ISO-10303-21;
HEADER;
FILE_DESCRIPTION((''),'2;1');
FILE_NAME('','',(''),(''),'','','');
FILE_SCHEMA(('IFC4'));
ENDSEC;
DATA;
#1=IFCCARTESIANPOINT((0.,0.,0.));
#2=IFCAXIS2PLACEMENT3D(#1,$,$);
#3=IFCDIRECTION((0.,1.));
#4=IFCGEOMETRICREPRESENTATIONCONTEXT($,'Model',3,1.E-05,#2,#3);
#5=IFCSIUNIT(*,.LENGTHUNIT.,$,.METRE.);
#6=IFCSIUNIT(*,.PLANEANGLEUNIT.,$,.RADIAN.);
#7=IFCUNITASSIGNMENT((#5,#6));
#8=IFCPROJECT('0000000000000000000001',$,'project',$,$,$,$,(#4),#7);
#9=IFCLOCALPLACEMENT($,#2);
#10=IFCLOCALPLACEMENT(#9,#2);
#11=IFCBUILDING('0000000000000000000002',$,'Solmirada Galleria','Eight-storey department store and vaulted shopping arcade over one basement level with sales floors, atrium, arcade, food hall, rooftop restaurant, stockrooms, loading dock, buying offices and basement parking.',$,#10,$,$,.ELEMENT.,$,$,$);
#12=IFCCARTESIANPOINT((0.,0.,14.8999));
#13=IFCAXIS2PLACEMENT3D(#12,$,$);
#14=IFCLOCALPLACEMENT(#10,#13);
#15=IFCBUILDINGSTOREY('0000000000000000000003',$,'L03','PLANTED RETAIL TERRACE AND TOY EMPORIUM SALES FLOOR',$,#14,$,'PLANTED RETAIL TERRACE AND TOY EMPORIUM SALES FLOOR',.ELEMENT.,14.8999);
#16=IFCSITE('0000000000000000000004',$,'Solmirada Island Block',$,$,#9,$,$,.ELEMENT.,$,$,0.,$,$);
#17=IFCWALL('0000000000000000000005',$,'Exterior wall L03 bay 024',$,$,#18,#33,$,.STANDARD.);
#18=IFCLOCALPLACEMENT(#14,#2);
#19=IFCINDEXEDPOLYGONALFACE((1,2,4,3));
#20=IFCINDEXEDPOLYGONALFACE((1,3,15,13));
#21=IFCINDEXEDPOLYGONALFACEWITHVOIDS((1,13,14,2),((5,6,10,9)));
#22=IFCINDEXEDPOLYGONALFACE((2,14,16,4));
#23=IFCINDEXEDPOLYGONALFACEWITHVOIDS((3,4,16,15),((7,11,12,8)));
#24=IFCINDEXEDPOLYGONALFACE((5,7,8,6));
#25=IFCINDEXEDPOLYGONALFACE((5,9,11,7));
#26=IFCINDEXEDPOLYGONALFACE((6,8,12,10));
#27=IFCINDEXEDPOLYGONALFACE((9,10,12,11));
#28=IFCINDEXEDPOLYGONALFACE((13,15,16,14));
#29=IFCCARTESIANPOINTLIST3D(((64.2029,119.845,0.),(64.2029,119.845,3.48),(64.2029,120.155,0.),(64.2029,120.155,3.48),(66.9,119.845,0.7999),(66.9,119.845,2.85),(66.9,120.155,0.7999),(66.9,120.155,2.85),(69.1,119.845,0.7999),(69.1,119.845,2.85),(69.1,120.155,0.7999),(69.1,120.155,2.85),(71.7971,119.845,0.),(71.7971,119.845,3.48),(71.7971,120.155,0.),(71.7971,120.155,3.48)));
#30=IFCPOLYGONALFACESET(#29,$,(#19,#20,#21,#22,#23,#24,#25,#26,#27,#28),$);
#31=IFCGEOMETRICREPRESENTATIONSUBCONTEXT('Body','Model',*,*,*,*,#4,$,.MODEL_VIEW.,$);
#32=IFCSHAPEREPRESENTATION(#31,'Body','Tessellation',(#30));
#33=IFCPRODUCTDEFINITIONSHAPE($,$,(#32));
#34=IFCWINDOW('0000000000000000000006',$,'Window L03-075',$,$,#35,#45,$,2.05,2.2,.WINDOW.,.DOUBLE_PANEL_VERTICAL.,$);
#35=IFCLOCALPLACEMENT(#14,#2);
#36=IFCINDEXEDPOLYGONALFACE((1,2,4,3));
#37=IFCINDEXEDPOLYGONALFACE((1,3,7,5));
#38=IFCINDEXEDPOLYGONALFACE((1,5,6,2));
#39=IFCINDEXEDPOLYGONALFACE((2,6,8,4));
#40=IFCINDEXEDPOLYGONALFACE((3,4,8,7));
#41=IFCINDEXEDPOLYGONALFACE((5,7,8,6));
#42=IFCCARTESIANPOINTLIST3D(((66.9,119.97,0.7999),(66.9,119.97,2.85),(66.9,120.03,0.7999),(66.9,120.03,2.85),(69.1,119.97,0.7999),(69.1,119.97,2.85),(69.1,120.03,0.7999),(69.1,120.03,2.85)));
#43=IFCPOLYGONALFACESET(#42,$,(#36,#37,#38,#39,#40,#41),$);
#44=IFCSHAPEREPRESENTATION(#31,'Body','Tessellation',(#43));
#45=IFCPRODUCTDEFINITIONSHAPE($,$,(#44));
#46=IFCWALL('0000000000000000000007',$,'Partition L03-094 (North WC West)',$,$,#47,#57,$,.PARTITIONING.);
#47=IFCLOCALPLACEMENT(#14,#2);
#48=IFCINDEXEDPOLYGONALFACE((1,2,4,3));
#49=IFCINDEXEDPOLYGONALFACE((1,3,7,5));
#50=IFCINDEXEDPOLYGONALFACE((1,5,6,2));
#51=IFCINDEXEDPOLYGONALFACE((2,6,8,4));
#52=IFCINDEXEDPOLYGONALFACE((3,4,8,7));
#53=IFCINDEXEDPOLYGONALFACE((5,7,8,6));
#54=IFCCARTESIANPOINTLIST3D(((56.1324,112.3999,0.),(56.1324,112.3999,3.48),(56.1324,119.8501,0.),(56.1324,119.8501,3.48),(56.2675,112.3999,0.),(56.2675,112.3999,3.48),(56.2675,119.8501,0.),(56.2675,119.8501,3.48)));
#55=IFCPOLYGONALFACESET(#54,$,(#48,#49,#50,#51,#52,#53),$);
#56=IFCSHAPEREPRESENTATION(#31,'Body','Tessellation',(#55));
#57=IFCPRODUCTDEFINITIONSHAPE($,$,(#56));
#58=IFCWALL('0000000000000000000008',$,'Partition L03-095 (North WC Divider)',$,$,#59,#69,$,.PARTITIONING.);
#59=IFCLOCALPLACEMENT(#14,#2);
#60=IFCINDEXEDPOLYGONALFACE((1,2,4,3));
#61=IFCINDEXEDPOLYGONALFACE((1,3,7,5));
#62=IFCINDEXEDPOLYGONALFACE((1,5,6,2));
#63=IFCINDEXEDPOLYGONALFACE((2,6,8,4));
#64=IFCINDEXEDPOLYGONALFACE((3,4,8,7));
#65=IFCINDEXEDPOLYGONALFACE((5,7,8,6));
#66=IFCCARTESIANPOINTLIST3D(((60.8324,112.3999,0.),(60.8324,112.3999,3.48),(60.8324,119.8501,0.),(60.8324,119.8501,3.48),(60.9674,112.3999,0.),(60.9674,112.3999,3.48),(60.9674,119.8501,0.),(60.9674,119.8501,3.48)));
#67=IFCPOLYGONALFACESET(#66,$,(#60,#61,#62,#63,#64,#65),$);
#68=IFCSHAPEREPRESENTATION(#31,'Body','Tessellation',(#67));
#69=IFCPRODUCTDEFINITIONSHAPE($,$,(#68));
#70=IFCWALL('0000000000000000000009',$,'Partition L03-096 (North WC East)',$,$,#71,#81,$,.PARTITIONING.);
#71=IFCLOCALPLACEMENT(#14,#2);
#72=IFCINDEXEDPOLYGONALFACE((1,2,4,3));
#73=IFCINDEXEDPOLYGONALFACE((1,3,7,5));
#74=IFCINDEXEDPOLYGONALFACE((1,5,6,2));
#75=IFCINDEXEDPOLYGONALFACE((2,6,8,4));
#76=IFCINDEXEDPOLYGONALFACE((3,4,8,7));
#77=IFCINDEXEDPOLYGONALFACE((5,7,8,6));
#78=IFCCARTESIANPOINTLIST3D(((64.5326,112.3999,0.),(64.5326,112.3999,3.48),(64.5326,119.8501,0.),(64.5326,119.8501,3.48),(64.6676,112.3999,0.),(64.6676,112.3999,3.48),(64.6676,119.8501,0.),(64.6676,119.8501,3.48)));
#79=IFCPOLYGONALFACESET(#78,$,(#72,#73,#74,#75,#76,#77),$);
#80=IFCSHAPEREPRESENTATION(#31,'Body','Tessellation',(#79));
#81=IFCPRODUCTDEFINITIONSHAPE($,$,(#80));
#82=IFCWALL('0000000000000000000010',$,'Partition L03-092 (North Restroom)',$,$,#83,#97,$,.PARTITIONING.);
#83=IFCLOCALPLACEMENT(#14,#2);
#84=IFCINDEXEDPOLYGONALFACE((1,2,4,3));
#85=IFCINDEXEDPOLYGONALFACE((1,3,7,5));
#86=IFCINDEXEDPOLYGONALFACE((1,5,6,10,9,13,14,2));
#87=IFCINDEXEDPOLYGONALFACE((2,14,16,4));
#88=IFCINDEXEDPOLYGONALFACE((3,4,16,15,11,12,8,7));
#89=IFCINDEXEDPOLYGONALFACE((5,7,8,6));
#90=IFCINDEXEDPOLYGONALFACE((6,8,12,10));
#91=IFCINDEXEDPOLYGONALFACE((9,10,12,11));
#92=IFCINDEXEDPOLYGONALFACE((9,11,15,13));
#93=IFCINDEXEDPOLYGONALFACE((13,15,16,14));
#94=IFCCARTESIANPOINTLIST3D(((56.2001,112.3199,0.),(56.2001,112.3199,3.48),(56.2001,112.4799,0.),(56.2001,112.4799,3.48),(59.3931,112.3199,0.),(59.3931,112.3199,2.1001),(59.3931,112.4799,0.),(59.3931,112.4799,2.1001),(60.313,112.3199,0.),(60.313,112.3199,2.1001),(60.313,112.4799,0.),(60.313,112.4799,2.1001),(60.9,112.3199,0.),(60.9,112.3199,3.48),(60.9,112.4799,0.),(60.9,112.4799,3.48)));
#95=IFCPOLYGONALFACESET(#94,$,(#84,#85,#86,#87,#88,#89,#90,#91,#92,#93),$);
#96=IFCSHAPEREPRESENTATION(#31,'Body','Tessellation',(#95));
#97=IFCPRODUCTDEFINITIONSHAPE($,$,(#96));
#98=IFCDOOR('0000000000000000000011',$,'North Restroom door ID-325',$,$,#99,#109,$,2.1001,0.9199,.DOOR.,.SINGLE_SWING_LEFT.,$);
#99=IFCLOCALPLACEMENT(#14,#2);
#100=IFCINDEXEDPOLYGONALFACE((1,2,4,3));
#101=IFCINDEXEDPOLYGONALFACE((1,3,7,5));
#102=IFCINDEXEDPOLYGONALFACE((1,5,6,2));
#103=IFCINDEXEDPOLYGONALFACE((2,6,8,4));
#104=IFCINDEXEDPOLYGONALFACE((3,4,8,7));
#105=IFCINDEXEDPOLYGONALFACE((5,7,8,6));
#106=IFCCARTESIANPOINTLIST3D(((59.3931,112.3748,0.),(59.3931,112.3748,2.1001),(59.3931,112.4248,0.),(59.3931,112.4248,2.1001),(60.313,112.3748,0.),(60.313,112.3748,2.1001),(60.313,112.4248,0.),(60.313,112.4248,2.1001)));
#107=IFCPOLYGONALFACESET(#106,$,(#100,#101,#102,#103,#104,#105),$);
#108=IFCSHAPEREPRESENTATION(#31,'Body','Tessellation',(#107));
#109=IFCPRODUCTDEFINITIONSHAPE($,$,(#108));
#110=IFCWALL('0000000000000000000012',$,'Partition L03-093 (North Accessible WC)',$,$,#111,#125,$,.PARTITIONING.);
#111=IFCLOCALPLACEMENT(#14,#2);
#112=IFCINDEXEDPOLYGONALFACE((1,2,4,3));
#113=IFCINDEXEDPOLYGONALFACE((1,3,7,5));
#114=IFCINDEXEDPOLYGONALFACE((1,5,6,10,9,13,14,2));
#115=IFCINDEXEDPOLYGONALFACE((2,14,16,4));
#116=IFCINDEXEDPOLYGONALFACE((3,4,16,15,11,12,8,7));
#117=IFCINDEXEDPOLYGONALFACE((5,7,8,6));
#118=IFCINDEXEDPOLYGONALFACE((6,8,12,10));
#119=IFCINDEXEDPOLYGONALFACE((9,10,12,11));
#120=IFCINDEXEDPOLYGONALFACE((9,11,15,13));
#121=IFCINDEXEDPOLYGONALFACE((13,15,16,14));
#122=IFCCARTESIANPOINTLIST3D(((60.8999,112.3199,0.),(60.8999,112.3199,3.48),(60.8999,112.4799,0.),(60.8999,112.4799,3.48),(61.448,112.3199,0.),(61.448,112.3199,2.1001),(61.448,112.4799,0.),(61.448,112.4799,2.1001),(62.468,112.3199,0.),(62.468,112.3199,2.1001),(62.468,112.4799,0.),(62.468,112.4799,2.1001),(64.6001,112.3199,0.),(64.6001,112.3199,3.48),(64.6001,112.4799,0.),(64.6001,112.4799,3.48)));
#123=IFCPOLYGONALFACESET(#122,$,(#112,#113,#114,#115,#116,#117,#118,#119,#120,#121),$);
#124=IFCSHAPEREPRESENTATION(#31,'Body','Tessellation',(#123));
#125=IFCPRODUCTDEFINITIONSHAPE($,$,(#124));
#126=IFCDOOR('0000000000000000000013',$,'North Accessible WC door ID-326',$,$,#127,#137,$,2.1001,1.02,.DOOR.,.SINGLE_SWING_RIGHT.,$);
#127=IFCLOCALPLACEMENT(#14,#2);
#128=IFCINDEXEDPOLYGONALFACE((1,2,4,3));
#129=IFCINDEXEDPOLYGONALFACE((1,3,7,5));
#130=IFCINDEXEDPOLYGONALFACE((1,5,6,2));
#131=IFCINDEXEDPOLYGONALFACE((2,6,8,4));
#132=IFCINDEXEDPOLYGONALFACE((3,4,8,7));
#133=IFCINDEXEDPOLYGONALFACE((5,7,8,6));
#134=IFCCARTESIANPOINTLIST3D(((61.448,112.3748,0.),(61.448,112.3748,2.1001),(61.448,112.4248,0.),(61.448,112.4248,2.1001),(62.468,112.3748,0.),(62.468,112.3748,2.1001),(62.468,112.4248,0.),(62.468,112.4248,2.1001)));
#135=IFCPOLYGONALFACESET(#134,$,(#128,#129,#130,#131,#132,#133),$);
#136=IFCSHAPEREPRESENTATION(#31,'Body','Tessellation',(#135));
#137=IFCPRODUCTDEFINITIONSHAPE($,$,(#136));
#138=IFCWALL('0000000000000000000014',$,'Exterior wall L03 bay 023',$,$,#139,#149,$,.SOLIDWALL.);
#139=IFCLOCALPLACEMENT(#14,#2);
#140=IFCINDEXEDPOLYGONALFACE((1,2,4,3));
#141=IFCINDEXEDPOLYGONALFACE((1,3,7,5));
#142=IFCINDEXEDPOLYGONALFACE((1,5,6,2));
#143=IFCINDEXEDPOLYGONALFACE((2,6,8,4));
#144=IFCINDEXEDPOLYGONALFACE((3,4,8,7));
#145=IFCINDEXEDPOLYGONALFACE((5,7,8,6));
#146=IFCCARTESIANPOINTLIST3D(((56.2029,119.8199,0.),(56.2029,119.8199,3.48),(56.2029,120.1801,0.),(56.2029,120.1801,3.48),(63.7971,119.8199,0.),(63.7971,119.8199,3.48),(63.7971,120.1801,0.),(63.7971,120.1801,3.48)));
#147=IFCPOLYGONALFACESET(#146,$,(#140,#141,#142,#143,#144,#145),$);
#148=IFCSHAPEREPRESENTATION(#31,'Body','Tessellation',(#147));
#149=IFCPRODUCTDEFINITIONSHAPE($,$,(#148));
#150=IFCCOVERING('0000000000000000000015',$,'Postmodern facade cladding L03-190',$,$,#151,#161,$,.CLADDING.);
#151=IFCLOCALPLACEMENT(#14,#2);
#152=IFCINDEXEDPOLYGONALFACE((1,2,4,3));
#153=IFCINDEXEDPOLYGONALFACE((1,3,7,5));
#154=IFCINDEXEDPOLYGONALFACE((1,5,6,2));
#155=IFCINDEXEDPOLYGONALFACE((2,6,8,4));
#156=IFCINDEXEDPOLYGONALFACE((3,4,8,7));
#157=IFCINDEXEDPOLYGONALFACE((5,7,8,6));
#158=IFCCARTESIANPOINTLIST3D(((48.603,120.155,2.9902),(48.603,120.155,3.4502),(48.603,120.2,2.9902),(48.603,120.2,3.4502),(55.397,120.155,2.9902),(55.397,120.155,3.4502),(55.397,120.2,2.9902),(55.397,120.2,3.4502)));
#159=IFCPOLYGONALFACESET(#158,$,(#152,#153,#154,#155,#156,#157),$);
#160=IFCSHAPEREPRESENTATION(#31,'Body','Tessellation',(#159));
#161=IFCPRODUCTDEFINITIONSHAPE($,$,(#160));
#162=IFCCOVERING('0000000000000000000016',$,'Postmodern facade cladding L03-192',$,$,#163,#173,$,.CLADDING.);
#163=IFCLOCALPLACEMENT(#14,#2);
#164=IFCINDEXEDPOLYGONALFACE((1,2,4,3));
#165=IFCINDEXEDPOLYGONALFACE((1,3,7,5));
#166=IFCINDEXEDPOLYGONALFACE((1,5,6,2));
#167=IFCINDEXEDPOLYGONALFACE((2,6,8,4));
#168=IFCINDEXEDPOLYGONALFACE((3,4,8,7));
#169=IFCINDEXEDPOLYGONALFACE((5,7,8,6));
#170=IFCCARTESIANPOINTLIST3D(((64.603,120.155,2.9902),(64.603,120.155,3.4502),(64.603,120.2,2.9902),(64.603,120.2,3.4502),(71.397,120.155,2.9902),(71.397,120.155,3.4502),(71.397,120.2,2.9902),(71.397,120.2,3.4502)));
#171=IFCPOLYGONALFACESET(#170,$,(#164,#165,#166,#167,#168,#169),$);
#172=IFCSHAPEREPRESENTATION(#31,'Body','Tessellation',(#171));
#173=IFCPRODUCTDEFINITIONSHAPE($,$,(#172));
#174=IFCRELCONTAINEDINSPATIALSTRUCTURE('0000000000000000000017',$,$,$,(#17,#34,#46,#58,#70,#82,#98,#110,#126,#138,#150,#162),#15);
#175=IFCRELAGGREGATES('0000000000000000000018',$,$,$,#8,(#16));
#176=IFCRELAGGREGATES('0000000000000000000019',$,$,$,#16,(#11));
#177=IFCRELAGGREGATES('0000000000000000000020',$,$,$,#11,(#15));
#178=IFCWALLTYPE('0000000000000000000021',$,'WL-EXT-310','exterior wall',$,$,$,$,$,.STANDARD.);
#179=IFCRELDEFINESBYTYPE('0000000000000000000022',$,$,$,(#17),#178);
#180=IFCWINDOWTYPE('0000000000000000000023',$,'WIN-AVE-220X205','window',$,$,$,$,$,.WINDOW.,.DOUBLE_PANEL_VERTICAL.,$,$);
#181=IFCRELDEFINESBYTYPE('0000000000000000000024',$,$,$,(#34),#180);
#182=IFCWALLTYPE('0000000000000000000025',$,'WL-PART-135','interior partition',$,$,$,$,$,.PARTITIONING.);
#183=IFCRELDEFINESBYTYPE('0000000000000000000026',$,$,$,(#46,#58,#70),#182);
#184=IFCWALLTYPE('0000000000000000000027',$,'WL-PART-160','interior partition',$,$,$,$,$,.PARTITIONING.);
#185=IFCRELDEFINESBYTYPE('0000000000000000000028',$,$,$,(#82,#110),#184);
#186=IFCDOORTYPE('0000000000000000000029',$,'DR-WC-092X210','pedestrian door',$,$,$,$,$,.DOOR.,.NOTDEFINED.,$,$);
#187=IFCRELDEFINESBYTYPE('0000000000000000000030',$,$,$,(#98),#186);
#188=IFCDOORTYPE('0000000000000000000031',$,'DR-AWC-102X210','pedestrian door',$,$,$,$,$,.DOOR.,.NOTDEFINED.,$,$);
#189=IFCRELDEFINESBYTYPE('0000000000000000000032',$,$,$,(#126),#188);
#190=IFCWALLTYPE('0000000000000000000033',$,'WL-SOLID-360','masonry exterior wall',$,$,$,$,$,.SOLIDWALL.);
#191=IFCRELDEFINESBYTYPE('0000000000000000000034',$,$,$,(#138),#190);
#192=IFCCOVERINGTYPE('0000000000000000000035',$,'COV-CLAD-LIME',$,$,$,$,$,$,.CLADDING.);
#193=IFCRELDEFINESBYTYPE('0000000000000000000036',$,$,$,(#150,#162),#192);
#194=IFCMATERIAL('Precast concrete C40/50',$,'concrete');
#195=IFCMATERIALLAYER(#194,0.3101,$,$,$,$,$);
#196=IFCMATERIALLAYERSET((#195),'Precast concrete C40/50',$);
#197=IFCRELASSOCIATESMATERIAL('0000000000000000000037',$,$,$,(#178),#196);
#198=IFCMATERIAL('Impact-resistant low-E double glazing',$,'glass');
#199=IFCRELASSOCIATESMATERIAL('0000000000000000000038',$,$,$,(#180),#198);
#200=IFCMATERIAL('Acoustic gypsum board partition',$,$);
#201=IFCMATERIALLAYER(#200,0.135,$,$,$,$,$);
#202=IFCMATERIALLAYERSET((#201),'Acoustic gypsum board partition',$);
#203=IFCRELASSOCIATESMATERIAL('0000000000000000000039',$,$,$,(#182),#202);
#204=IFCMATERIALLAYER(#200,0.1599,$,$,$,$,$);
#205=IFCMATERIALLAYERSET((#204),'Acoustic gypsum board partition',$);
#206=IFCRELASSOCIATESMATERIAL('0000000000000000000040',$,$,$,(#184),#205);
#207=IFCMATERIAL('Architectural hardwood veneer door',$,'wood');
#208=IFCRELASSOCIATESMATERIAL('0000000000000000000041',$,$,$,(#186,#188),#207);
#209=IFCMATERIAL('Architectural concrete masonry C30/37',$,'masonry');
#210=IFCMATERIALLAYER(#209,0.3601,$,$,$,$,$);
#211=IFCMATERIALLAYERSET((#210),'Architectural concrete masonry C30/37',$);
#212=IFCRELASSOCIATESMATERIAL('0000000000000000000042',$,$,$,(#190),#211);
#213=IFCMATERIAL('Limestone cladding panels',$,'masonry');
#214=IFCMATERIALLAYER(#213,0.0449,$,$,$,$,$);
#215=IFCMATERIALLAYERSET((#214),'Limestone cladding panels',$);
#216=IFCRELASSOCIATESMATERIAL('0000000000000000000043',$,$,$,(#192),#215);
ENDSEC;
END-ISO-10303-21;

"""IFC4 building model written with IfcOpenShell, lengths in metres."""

from ifc_helpers import new_model, si_unit, direction, frame, frame_2d, origin, origin_2d, place, context, subcontext, project, spatial, rectangle, extrude, material, layer, layer_set, type_object, element, fill, save


model = new_model("IFC4")

# Units and contexts
model_context = context("Model", 3, precision=1e-05, world=origin(), true_north=direction((0.0, 1.0)))
body_context = subcontext(model_context, "Body", "Model", "MODEL_VIEW")
ifc_project = project(units=[si_unit("LENGTHUNIT", "METRE"), si_unit("PLANEANGLEUNIT", "RADIAN")], contexts=[model_context])

# Site, building, storey
site_placement = place(None, origin())
site = spatial("IfcSite", under=ifc_project, at=site_placement, Name="Solmirada Island Block", CompositionType="ELEMENT", RefElevation=0.0)
building_placement = place(site_placement, origin())
building = spatial("IfcBuilding", under=site, at=building_placement, Name="Solmirada Galleria", Description="Eight-storey department store and vaulted shopping arcade over one basement level with sales floors, atrium, arcade, food hall, rooftop restaurant, stockrooms, loading dock, buying offices and basement parking.", CompositionType="ELEMENT")
storey_placement = place(building_placement, frame((0.0, 0.0, 14.8999)))
storey = spatial("IfcBuildingStorey", under=building, at=storey_placement, Name="L03", Description="PLANTED RETAIL TERRACE AND TOY EMPORIUM SALES FLOOR", LongName="PLANTED RETAIL TERRACE AND TOY EMPORIUM SALES FLOOR", CompositionType="ELEMENT", Elevation=14.8999)

# Wall, opening, window
ifc_material_1 = material(Name="Precast concrete C40/50", Category="concrete")
ifc_layer_1 = layer(ifc_material_1, 0.3101)
ifc_layer_set_1 = layer_set([ifc_layer_1], Name="Precast concrete C40/50")
wall_type_1 = type_object("IfcWallType", Name="WL-EXT-310", Description="exterior wall", PredefinedType="STANDARD", material=ifc_layer_set_1)
wall_1_placement = place(storey_placement, frame((64.2029, 120.0, 0.0), z_axis=(0.0, 0.0, 1.0), x_axis=(1.0, 0.0, 0.0)))
wall_1 = element("IfcWall", 1, at=wall_1_placement, inside=storey, type_object=wall_type_1, Name="Exterior wall L03 bay 024", PredefinedType="STANDARD", context=body_context, shape_type="SweptSolid", body=[
    extrude(rectangle(XDim=7.5942, YDim=0.3101, at=frame_2d((3.7971, 0.0))), origin(), (0.0, 0.0, 1.0), 3.48),
])
opening_1_placement = place(wall_1_placement, frame((2.697, 0.0, 0.8)))
opening_1 = element("IfcOpeningElement", 2, at=opening_1_placement, cuts=wall_1, PredefinedType="OPENING", context=body_context, shape_type="SweptSolid", body=[
    extrude(rectangle(XDim=2.2, YDim=2.05, at=frame_2d((1.1001, 1.0249))), frame((0.0, 0.165, 0.0), z_axis=(0.0, -1.0, 0.0), x_axis=(1.0, 0.0, 0.0)), (0.0, 0.0, 1.0), 0.3301),
])
ifc_material_2 = material(Name="Impact-resistant low-E double glazing", Category="glass")
window_type = type_object("IfcWindowType", Name="WIN-AVE-220X205", Description="window", PartitioningType="DOUBLE_PANEL_VERTICAL", PredefinedType="WINDOW", material=ifc_material_2)
window_placement = place(opening_1_placement, origin())
window = element("IfcWindow", 3, at=window_placement, inside=storey, type_object=window_type, Name="Window L03-075", OverallHeight=2.05, OverallWidth=2.2, PartitioningType="DOUBLE_PANEL_VERTICAL", PredefinedType="WINDOW", context=body_context, shape_type="SweptSolid", body=[
    extrude(rectangle(XDim=2.2, YDim=2.05, at=frame_2d((1.1001, 1.0249))), frame((0.0, 0.03, 0.0), z_axis=(0.0, -1.0, 0.0), x_axis=(1.0, 0.0, 0.0)), (0.0, 0.0, 1.0), 0.0601),
])
fill(opening_1, window)

# Walls
ifc_material_3 = material(Name="Acoustic gypsum board partition")
ifc_layer_2 = layer(ifc_material_3, 0.135)
ifc_layer_set_2 = layer_set([ifc_layer_2], Name="Acoustic gypsum board partition")
wall_type_2 = type_object("IfcWallType", Name="WL-PART-135", Description="interior partition", PredefinedType="PARTITIONING", material=ifc_layer_set_2)
for number, where, z_axis, x_axis, name in (
    (4, (56.2, 112.3999, 0.0), (0.0, 0.0, 1.0), (0.0, 1.0, 0.0), "Partition L03-094 (North WC West)"),
    (5, (60.8999, 112.3999, 0.0), (0.0, 0.0, 1.0), (0.0, 1.0, 0.0), "Partition L03-095 (North WC Divider)"),
    (6, (64.6001, 112.3999, 0.0), (0.0, 0.0, 1.0), (0.0, 1.0, 0.0), "Partition L03-096 (North WC East)"),
):
    element("IfcWall", number, at=place(storey_placement, frame(where, z_axis=z_axis, x_axis=x_axis)), inside=storey, type_object=wall_type_2, Name=name, PredefinedType="PARTITIONING", context=body_context, shape_type="SweptSolid", body=[
        extrude(rectangle(XDim=7.4502, YDim=0.135, at=frame_2d((3.7251, 0.0))), origin(), (0.0, 0.0, 1.0), 3.48),
    ])

# Walls, openings, doors
ifc_layer_3 = layer(ifc_material_3, 0.1599)
ifc_layer_set_3 = layer_set([ifc_layer_3], Name="Acoustic gypsum board partition")
wall_type_3 = type_object("IfcWallType", Name="WL-PART-160", Description="interior partition", PredefinedType="PARTITIONING", material=ifc_layer_set_3)
wall_2_placement = place(storey_placement, frame((56.2, 112.3999, 0.0), z_axis=(0.0, 0.0, 1.0), x_axis=(1.0, 0.0, 0.0)))
wall_2 = element("IfcWall", 7, at=wall_2_placement, inside=storey, type_object=wall_type_3, Name="Partition L03-092 (North Restroom)", PredefinedType="PARTITIONING", context=body_context, shape_type="SweptSolid", body=[
    extrude(rectangle(XDim=4.7, YDim=0.1599, at=frame_2d((2.3501, 0.0))), origin(), (0.0, 0.0, 1.0), 3.48),
])
opening_2_placement = place(wall_2_placement, frame((3.1931, 0.0, 0.0)))
opening_2 = element("IfcOpeningElement", 8, at=opening_2_placement, cuts=wall_2, PredefinedType="OPENING", context=body_context, shape_type="SweptSolid", body=[
    extrude(rectangle(XDim=0.9199, YDim=2.1001, at=frame_2d((0.46, 1.05))), frame((0.0, 0.0898, 0.0), z_axis=(0.0, -1.0, 0.0), x_axis=(1.0, 0.0, 0.0)), (0.0, 0.0, 1.0), 0.1799),
])
ifc_material_4 = material(Name="Architectural hardwood veneer door", Category="wood")
door_type_1 = type_object("IfcDoorType", Name="DR-WC-092X210", Description="pedestrian door", OperationType="NOTDEFINED", PredefinedType="DOOR", material=ifc_material_4)
door_1_placement = place(opening_2_placement, origin())
door_1 = element("IfcDoor", 9, at=door_1_placement, inside=storey, type_object=door_type_1, Name="North Restroom door ID-325", OperationType="SINGLE_SWING_LEFT", OverallHeight=2.1001, OverallWidth=0.9199, PredefinedType="DOOR", context=body_context, shape_type="SweptSolid", body=[
    extrude(rectangle(XDim=0.9199, YDim=2.1001, at=frame_2d((0.46, 1.05))), frame((0.0, 0.0249, 0.0), z_axis=(0.0, -1.0, 0.0), x_axis=(1.0, 0.0, 0.0)), (0.0, 0.0, 1.0), 0.05),
])
fill(opening_2, door_1)
wall_3_placement = place(storey_placement, frame((60.8999, 112.3999, 0.0), z_axis=(0.0, 0.0, 1.0), x_axis=(1.0, 0.0, 0.0)))
wall_3 = element("IfcWall", 10, at=wall_3_placement, inside=storey, type_object=wall_type_3, Name="Partition L03-093 (North Accessible WC)", PredefinedType="PARTITIONING", context=body_context, shape_type="SweptSolid", body=[
    extrude(rectangle(XDim=3.7002, YDim=0.1599, at=frame_2d((1.8501, 0.0))), origin(), (0.0, 0.0, 1.0), 3.48),
])
opening_3_placement = place(wall_3_placement, frame((0.5481, 0.0, 0.0)))
opening_3 = element("IfcOpeningElement", 11, at=opening_3_placement, cuts=wall_3, PredefinedType="OPENING", context=body_context, shape_type="SweptSolid", body=[
    extrude(rectangle(XDim=1.02, YDim=2.1001, at=frame_2d((0.51, 1.05))), frame((0.0, 0.0898, 0.0), z_axis=(0.0, -1.0, 0.0), x_axis=(1.0, 0.0, 0.0)), (0.0, 0.0, 1.0), 0.1799),
])
door_type_2 = type_object("IfcDoorType", Name="DR-AWC-102X210", Description="pedestrian door", OperationType="NOTDEFINED", PredefinedType="DOOR", material=ifc_material_4)
door_2_placement = place(opening_3_placement, origin())
door_2 = element("IfcDoor", 12, at=door_2_placement, inside=storey, type_object=door_type_2, Name="North Accessible WC door ID-326", OperationType="SINGLE_SWING_RIGHT", OverallHeight=2.1001, OverallWidth=1.02, PredefinedType="DOOR", context=body_context, shape_type="SweptSolid", body=[
    extrude(rectangle(XDim=1.02, YDim=2.1001, at=frame_2d((0.51, 1.05))), frame((0.0, 0.0249, 0.0), z_axis=(0.0, -1.0, 0.0), x_axis=(1.0, 0.0, 0.0)), (0.0, 0.0, 1.0), 0.05),
])
fill(opening_3, door_2)

# Wall
ifc_material_5 = material(Name="Architectural concrete masonry C30/37", Category="masonry")
ifc_layer_4 = layer(ifc_material_5, 0.3601)
ifc_layer_set_4 = layer_set([ifc_layer_4], Name="Architectural concrete masonry C30/37")
wall_type_4 = type_object("IfcWallType", Name="WL-SOLID-360", Description="masonry exterior wall", PredefinedType="SOLIDWALL", material=ifc_layer_set_4)
wall_4_placement = place(storey_placement, frame((56.2029, 120.0, 0.0), z_axis=(0.0, 0.0, 1.0), x_axis=(1.0, 0.0, 0.0)))
element("IfcWall", 13, at=wall_4_placement, inside=storey, type_object=wall_type_4, Name="Exterior wall L03 bay 023", PredefinedType="SOLIDWALL", context=body_context, shape_type="SweptSolid", body=[
    extrude(rectangle(XDim=7.5942, YDim=0.3601, at=frame_2d((3.7971, 0.0))), origin(), (0.0, 0.0, 1.0), 3.48),
])

# Coverings
ifc_material_6 = material(Name="Limestone cladding panels", Category="masonry")
ifc_layer_5 = layer(ifc_material_6, 0.0449)
ifc_layer_set_5 = layer_set([ifc_layer_5], Name="Limestone cladding panels")
covering_type_1 = type_object("IfcCoveringType", Name="COV-CLAD-LIME", PredefinedType="CLADDING", material=ifc_layer_set_5)
for number, where, z_axis, x_axis, name in (
    (14, (52.0, 120.1775, 2.9902), (0.0, 0.0, 1.0), (1.0, 0.0, 0.0), "Postmodern facade cladding L03-190"),
    (15, (68.0, 120.1775, 2.9902), (0.0, 0.0, 1.0), (1.0, 0.0, 0.0), "Postmodern facade cladding L03-192"),
):
    element("IfcCovering", number, at=place(storey_placement, frame(where, z_axis=z_axis, x_axis=x_axis)), inside=storey, type_object=covering_type_1, Name=name, PredefinedType="CLADDING", context=body_context, shape_type="SweptSolid", body=[
        extrude(rectangle(XDim=6.7939, YDim=0.0449, at=origin_2d()), origin(), (0.0, 0.0, 1.0), 0.46),
    ])

save(model, "model.ifc")
